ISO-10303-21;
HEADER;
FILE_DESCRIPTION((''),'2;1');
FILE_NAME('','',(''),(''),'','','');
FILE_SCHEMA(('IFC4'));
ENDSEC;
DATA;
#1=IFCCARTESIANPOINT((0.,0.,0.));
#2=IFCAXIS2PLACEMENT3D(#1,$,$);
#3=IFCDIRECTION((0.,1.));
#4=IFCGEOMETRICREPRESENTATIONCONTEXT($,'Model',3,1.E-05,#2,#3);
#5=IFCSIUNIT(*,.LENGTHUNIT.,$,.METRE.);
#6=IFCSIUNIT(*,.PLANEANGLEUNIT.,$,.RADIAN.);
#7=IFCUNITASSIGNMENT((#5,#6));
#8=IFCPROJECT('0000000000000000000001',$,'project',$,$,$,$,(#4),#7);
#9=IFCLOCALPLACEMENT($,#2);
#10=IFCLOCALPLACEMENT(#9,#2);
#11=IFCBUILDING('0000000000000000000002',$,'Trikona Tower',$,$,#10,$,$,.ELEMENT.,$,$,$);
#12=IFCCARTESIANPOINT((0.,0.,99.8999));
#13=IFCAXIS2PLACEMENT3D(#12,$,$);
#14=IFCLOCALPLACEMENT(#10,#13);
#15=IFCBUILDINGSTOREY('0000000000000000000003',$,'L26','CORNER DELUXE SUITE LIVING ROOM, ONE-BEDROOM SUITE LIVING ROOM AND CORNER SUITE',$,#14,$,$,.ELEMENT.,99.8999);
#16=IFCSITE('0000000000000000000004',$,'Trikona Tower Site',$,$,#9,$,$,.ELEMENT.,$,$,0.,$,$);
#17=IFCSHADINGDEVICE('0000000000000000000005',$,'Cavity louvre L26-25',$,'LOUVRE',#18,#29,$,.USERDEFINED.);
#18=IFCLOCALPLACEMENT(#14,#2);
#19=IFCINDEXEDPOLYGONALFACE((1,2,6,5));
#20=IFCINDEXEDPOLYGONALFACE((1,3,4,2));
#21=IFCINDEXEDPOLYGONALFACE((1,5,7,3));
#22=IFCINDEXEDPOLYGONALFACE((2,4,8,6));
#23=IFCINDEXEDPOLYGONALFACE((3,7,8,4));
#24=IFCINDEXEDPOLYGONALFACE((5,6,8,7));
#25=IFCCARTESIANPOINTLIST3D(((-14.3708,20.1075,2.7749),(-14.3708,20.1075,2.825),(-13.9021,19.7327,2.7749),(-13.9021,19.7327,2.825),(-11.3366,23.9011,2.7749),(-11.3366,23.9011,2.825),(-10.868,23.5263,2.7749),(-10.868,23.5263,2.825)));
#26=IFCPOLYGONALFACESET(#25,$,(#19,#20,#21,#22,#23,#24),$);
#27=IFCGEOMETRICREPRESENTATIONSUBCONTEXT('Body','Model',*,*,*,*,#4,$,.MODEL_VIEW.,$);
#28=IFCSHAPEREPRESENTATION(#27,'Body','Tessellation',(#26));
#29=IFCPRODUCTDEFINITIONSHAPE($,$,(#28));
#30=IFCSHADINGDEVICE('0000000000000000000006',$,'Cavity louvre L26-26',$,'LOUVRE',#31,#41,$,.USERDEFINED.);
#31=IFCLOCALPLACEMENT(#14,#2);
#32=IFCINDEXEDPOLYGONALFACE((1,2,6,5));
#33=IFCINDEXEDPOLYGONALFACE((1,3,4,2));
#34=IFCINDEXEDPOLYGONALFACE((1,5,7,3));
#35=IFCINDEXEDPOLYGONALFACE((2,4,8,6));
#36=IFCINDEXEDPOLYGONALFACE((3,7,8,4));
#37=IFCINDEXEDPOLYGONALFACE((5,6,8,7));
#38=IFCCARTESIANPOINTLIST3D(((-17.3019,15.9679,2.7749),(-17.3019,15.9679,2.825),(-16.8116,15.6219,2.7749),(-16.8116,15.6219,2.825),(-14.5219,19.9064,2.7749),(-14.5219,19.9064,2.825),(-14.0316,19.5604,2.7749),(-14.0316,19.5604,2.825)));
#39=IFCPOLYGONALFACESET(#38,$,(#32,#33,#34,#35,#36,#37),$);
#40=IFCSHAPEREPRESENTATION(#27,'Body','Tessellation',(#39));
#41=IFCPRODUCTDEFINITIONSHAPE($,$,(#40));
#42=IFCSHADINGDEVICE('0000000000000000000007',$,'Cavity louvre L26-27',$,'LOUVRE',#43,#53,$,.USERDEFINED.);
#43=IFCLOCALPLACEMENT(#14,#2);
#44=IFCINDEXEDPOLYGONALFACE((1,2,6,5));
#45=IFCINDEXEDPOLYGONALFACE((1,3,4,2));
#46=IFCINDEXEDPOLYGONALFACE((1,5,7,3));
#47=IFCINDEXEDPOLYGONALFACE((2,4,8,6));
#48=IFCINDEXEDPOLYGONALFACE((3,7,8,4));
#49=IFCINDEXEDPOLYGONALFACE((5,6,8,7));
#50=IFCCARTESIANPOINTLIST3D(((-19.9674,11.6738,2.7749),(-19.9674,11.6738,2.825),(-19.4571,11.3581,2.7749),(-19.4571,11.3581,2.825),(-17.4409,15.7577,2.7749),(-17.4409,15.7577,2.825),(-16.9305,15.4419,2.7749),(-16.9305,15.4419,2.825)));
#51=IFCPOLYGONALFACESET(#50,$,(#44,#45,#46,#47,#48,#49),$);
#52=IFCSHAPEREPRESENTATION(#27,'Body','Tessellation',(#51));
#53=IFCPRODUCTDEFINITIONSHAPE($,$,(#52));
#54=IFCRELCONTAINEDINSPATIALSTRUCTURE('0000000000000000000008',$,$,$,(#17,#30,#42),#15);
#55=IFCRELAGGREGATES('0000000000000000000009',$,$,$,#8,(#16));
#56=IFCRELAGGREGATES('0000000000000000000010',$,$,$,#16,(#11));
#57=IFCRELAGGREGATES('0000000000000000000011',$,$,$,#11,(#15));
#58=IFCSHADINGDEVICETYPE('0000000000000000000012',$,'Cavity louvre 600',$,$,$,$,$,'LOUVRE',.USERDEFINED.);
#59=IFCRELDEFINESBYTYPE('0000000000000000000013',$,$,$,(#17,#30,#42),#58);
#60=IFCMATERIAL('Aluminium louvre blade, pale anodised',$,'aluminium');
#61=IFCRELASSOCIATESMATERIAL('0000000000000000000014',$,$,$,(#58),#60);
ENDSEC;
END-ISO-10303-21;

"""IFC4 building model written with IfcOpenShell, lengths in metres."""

from ifc_helpers import new_model, si_unit, direction, frame, origin, origin_2d, place, context, subcontext, project, spatial, rectangle, extrude, material, type_object, element, save


model = new_model("IFC4")

# Units and contexts
model_context = context("Model", 3, precision=1e-05, world=origin(), true_north=direction((0.0, 1.0)))
body_context = subcontext(model_context, "Body", "Model", "MODEL_VIEW")
ifc_project = project(units=[si_unit("LENGTHUNIT", "METRE"), si_unit("PLANEANGLEUNIT", "RADIAN")], contexts=[model_context])

# Site, building, storey
site_placement = place(None, origin())
site = spatial("IfcSite", under=ifc_project, at=site_placement, Name="Trikona Tower Site", CompositionType="ELEMENT", RefElevation=0.0)
building_placement = place(site_placement, origin())
building = spatial("IfcBuilding", under=site, at=building_placement, Name="Trikona Tower", CompositionType="ELEMENT")
storey_placement = place(building_placement, frame((0.0, 0.0, 99.8999)))
storey = spatial("IfcBuildingStorey", under=building, at=storey_placement, Name="L26", Description="CORNER DELUXE SUITE LIVING ROOM, ONE-BEDROOM SUITE LIVING ROOM AND CORNER SUITE", CompositionType="ELEMENT", Elevation=99.8999)

# Shading devices
ifc_material_1 = material(Name="Aluminium louvre blade, pale anodised", Category="aluminium")
shading_device_type = type_object("IfcShadingDeviceType", Name="Cavity louvre 600", ElementType="LOUVRE", PredefinedType="USERDEFINED", material=ifc_material_1)
shading_device_1_placement = place(storey_placement, frame((-12.6194, 21.8169, 2.7749), z_axis=(0.0, 0.0, 1.0), x_axis=(-0.624604, -0.780942, 0.0)))
element("IfcShadingDevice", 1, at=shading_device_1_placement, inside=storey, type_object=shading_device_type, Name="Cavity louvre L26-25", ObjectType="LOUVRE", PredefinedType="USERDEFINED", context=body_context, shape_type="SweptSolid", body=[
    extrude(rectangle(XDim=4.8577, YDim=0.6001, at=origin_2d()), origin(), (0.0, 0.0, 1.0), 0.05),
])
shading_device_2_placement = place(storey_placement, frame((-15.6667, 17.7642, 2.7749), z_axis=(0.0, 0.0, 1.0), x_axis=(-0.576662, -0.816983, 0.0)))
element("IfcShadingDevice", 2, at=shading_device_2_placement, inside=storey, type_object=shading_device_type, Name="Cavity louvre L26-26", ObjectType="LOUVRE", PredefinedType="USERDEFINED", context=body_context, shape_type="SweptSolid", body=[
    extrude(rectangle(XDim=4.8208, YDim=0.6001, at=origin_2d()), origin(), (0.0, 0.0, 1.0), 0.05),
])
shading_device_3_placement = place(storey_placement, frame((-18.449, 13.5579, 2.7749), z_axis=(0.0, 0.0, 1.0), x_axis=(-0.526119, -0.850411, 0.0)))
element("IfcShadingDevice", 3, at=shading_device_3_placement, inside=storey, type_object=shading_device_type, Name="Cavity louvre L26-27", ObjectType="LOUVRE", PredefinedType="USERDEFINED", context=body_context, shape_type="SweptSolid", body=[
    extrude(rectangle(XDim=4.8022, YDim=0.6001, at=origin_2d()), origin(), (0.0, 0.0, 1.0), 0.05),
])

save(model, "model.ifc")
